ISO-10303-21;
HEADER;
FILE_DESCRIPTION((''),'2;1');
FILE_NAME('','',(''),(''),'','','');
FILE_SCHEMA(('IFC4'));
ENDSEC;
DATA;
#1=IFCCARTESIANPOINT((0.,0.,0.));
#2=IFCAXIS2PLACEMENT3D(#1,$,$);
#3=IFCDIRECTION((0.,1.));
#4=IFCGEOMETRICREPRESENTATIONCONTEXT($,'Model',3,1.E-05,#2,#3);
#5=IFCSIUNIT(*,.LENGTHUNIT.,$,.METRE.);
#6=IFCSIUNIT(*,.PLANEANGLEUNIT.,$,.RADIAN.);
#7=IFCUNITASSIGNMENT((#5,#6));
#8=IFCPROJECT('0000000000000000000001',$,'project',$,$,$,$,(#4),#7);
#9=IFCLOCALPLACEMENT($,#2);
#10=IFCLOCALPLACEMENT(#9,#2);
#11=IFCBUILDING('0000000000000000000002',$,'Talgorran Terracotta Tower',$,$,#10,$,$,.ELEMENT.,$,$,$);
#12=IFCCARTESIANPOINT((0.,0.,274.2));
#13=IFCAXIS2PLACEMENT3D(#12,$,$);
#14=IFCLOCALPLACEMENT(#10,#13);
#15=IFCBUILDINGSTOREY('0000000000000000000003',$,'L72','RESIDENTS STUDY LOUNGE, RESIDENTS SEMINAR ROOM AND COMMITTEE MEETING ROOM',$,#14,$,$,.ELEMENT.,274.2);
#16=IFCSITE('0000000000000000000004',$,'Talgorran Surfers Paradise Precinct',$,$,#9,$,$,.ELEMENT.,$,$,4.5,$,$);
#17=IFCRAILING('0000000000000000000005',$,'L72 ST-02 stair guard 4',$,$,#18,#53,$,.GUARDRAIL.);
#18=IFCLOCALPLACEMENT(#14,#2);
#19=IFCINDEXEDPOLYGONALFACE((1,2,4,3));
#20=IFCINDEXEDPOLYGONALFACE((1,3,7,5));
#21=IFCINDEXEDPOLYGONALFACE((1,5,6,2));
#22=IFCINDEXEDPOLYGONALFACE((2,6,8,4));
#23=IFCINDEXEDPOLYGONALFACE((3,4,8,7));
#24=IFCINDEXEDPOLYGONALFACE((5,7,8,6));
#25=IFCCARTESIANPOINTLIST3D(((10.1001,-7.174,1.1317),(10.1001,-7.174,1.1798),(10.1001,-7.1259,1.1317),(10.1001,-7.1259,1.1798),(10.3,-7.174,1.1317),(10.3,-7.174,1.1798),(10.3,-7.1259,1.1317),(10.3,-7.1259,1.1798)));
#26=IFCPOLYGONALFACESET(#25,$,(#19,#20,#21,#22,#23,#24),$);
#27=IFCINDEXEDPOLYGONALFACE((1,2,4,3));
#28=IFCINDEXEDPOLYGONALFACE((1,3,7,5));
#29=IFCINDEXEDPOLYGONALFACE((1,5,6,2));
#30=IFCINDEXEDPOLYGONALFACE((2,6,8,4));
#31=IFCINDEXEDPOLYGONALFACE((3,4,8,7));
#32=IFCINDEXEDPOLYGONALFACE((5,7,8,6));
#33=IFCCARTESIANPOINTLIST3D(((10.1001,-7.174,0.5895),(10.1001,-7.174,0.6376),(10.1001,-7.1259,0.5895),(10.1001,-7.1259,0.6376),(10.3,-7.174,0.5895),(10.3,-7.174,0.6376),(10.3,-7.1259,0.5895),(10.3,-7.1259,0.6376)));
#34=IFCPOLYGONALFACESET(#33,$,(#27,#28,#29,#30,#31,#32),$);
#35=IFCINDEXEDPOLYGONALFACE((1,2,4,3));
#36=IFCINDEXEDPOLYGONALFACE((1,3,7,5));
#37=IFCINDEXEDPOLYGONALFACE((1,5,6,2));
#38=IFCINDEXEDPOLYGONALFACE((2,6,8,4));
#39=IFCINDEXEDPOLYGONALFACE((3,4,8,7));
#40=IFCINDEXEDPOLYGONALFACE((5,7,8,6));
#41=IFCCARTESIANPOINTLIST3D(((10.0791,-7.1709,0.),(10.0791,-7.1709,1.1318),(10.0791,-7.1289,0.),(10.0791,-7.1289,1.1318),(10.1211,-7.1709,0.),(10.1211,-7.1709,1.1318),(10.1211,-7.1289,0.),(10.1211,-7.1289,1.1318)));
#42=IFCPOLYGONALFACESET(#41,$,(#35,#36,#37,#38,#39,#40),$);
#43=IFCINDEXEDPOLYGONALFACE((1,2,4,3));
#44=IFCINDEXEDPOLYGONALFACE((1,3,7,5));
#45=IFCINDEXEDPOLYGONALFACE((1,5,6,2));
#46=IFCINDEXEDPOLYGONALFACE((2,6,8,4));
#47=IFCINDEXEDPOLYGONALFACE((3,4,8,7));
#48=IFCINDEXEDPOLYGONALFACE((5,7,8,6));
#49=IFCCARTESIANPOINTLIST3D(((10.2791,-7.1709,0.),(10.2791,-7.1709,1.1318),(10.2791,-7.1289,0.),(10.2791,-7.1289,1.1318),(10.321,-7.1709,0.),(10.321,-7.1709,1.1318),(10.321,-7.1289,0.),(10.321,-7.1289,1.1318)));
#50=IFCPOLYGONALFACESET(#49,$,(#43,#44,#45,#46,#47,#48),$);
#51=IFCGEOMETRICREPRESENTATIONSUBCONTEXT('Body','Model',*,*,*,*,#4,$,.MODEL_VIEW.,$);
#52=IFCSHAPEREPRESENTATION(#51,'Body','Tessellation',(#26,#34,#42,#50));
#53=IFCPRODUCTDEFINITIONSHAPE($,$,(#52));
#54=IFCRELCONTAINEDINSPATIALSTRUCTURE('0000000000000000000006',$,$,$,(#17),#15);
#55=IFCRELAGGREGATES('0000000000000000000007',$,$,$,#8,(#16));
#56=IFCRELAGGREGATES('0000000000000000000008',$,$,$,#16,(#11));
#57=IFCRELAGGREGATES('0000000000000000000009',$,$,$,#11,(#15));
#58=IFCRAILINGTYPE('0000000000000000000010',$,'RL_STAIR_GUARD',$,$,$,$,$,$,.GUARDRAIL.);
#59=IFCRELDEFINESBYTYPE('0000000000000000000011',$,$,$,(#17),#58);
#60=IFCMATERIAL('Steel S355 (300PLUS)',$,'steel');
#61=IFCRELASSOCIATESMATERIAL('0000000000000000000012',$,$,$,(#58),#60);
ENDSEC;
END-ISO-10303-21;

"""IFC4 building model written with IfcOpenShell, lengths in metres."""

from ifc_helpers import new_model, si_unit, direction, frame, origin, origin_2d, place, context, subcontext, project, spatial, rectangle, extrude, material, type_object, element, save


model = new_model("IFC4")

# Units and contexts
model_context = context("Model", 3, precision=1e-05, world=origin(), true_north=direction((0.0, 1.0)))
body_context = subcontext(model_context, "Body", "Model", "MODEL_VIEW")
ifc_project = project(units=[si_unit("LENGTHUNIT", "METRE"), si_unit("PLANEANGLEUNIT", "RADIAN")], contexts=[model_context])

# Site, building, storey
site_placement = place(None, origin())
site = spatial("IfcSite", under=ifc_project, at=site_placement, Name="Talgorran Surfers Paradise Precinct", CompositionType="ELEMENT", RefElevation=4.5)
building_placement = place(site_placement, origin())
building = spatial("IfcBuilding", under=site, at=building_placement, Name="Talgorran Terracotta Tower", CompositionType="ELEMENT")
storey_placement = place(building_placement, frame((0.0, 0.0, 274.2)))
storey = spatial("IfcBuildingStorey", under=building, at=storey_placement, Name="L72", Description="RESIDENTS STUDY LOUNGE, RESIDENTS SEMINAR ROOM AND COMMITTEE MEETING ROOM", CompositionType="ELEMENT", Elevation=274.2)

# Shared definitions
ifc_material_1 = material(Name="Steel S355 (300PLUS)", Category="steel")

# Railing
railing_type_1 = type_object("IfcRailingType", Name="RL_STAIR_GUARD", PredefinedType="GUARDRAIL", material=ifc_material_1)
railing_1_placement = place(storey_placement, frame((10.1001, -7.1499, 0.0)))
element("IfcRailing", 1, at=railing_1_placement, inside=storey, type_object=railing_type_1, Name="L72 ST-02 stair guard 4", PredefinedType="GUARDRAIL", context=body_context, shape_type="SweptSolid", body=[
    extrude(rectangle(XDim=0.0481, YDim=0.0481, at=origin_2d()), frame((0.0, 0.0, 1.1558), z_axis=(1.0, 0.0, 0.0), x_axis=(0.0, 1.0, 0.0)), (0.0, 0.0, 1.0), 0.2),
    extrude(rectangle(XDim=0.0481, YDim=0.0481, at=origin_2d()), frame((0.0, 0.0, 0.6135), z_axis=(1.0, 0.0, 0.0), x_axis=(0.0, 1.0, 0.0)), (0.0, 0.0, 1.0), 0.2),
    extrude(rectangle(XDim=0.042, YDim=0.042, at=origin_2d()), origin(), (0.0, 0.0, 1.0), 1.1318),
    extrude(rectangle(XDim=0.042, YDim=0.042, at=origin_2d()), frame((0.2, 0.0, 0.0)), (0.0, 0.0, 1.0), 1.1318),
])

save(model, "model.ifc")
